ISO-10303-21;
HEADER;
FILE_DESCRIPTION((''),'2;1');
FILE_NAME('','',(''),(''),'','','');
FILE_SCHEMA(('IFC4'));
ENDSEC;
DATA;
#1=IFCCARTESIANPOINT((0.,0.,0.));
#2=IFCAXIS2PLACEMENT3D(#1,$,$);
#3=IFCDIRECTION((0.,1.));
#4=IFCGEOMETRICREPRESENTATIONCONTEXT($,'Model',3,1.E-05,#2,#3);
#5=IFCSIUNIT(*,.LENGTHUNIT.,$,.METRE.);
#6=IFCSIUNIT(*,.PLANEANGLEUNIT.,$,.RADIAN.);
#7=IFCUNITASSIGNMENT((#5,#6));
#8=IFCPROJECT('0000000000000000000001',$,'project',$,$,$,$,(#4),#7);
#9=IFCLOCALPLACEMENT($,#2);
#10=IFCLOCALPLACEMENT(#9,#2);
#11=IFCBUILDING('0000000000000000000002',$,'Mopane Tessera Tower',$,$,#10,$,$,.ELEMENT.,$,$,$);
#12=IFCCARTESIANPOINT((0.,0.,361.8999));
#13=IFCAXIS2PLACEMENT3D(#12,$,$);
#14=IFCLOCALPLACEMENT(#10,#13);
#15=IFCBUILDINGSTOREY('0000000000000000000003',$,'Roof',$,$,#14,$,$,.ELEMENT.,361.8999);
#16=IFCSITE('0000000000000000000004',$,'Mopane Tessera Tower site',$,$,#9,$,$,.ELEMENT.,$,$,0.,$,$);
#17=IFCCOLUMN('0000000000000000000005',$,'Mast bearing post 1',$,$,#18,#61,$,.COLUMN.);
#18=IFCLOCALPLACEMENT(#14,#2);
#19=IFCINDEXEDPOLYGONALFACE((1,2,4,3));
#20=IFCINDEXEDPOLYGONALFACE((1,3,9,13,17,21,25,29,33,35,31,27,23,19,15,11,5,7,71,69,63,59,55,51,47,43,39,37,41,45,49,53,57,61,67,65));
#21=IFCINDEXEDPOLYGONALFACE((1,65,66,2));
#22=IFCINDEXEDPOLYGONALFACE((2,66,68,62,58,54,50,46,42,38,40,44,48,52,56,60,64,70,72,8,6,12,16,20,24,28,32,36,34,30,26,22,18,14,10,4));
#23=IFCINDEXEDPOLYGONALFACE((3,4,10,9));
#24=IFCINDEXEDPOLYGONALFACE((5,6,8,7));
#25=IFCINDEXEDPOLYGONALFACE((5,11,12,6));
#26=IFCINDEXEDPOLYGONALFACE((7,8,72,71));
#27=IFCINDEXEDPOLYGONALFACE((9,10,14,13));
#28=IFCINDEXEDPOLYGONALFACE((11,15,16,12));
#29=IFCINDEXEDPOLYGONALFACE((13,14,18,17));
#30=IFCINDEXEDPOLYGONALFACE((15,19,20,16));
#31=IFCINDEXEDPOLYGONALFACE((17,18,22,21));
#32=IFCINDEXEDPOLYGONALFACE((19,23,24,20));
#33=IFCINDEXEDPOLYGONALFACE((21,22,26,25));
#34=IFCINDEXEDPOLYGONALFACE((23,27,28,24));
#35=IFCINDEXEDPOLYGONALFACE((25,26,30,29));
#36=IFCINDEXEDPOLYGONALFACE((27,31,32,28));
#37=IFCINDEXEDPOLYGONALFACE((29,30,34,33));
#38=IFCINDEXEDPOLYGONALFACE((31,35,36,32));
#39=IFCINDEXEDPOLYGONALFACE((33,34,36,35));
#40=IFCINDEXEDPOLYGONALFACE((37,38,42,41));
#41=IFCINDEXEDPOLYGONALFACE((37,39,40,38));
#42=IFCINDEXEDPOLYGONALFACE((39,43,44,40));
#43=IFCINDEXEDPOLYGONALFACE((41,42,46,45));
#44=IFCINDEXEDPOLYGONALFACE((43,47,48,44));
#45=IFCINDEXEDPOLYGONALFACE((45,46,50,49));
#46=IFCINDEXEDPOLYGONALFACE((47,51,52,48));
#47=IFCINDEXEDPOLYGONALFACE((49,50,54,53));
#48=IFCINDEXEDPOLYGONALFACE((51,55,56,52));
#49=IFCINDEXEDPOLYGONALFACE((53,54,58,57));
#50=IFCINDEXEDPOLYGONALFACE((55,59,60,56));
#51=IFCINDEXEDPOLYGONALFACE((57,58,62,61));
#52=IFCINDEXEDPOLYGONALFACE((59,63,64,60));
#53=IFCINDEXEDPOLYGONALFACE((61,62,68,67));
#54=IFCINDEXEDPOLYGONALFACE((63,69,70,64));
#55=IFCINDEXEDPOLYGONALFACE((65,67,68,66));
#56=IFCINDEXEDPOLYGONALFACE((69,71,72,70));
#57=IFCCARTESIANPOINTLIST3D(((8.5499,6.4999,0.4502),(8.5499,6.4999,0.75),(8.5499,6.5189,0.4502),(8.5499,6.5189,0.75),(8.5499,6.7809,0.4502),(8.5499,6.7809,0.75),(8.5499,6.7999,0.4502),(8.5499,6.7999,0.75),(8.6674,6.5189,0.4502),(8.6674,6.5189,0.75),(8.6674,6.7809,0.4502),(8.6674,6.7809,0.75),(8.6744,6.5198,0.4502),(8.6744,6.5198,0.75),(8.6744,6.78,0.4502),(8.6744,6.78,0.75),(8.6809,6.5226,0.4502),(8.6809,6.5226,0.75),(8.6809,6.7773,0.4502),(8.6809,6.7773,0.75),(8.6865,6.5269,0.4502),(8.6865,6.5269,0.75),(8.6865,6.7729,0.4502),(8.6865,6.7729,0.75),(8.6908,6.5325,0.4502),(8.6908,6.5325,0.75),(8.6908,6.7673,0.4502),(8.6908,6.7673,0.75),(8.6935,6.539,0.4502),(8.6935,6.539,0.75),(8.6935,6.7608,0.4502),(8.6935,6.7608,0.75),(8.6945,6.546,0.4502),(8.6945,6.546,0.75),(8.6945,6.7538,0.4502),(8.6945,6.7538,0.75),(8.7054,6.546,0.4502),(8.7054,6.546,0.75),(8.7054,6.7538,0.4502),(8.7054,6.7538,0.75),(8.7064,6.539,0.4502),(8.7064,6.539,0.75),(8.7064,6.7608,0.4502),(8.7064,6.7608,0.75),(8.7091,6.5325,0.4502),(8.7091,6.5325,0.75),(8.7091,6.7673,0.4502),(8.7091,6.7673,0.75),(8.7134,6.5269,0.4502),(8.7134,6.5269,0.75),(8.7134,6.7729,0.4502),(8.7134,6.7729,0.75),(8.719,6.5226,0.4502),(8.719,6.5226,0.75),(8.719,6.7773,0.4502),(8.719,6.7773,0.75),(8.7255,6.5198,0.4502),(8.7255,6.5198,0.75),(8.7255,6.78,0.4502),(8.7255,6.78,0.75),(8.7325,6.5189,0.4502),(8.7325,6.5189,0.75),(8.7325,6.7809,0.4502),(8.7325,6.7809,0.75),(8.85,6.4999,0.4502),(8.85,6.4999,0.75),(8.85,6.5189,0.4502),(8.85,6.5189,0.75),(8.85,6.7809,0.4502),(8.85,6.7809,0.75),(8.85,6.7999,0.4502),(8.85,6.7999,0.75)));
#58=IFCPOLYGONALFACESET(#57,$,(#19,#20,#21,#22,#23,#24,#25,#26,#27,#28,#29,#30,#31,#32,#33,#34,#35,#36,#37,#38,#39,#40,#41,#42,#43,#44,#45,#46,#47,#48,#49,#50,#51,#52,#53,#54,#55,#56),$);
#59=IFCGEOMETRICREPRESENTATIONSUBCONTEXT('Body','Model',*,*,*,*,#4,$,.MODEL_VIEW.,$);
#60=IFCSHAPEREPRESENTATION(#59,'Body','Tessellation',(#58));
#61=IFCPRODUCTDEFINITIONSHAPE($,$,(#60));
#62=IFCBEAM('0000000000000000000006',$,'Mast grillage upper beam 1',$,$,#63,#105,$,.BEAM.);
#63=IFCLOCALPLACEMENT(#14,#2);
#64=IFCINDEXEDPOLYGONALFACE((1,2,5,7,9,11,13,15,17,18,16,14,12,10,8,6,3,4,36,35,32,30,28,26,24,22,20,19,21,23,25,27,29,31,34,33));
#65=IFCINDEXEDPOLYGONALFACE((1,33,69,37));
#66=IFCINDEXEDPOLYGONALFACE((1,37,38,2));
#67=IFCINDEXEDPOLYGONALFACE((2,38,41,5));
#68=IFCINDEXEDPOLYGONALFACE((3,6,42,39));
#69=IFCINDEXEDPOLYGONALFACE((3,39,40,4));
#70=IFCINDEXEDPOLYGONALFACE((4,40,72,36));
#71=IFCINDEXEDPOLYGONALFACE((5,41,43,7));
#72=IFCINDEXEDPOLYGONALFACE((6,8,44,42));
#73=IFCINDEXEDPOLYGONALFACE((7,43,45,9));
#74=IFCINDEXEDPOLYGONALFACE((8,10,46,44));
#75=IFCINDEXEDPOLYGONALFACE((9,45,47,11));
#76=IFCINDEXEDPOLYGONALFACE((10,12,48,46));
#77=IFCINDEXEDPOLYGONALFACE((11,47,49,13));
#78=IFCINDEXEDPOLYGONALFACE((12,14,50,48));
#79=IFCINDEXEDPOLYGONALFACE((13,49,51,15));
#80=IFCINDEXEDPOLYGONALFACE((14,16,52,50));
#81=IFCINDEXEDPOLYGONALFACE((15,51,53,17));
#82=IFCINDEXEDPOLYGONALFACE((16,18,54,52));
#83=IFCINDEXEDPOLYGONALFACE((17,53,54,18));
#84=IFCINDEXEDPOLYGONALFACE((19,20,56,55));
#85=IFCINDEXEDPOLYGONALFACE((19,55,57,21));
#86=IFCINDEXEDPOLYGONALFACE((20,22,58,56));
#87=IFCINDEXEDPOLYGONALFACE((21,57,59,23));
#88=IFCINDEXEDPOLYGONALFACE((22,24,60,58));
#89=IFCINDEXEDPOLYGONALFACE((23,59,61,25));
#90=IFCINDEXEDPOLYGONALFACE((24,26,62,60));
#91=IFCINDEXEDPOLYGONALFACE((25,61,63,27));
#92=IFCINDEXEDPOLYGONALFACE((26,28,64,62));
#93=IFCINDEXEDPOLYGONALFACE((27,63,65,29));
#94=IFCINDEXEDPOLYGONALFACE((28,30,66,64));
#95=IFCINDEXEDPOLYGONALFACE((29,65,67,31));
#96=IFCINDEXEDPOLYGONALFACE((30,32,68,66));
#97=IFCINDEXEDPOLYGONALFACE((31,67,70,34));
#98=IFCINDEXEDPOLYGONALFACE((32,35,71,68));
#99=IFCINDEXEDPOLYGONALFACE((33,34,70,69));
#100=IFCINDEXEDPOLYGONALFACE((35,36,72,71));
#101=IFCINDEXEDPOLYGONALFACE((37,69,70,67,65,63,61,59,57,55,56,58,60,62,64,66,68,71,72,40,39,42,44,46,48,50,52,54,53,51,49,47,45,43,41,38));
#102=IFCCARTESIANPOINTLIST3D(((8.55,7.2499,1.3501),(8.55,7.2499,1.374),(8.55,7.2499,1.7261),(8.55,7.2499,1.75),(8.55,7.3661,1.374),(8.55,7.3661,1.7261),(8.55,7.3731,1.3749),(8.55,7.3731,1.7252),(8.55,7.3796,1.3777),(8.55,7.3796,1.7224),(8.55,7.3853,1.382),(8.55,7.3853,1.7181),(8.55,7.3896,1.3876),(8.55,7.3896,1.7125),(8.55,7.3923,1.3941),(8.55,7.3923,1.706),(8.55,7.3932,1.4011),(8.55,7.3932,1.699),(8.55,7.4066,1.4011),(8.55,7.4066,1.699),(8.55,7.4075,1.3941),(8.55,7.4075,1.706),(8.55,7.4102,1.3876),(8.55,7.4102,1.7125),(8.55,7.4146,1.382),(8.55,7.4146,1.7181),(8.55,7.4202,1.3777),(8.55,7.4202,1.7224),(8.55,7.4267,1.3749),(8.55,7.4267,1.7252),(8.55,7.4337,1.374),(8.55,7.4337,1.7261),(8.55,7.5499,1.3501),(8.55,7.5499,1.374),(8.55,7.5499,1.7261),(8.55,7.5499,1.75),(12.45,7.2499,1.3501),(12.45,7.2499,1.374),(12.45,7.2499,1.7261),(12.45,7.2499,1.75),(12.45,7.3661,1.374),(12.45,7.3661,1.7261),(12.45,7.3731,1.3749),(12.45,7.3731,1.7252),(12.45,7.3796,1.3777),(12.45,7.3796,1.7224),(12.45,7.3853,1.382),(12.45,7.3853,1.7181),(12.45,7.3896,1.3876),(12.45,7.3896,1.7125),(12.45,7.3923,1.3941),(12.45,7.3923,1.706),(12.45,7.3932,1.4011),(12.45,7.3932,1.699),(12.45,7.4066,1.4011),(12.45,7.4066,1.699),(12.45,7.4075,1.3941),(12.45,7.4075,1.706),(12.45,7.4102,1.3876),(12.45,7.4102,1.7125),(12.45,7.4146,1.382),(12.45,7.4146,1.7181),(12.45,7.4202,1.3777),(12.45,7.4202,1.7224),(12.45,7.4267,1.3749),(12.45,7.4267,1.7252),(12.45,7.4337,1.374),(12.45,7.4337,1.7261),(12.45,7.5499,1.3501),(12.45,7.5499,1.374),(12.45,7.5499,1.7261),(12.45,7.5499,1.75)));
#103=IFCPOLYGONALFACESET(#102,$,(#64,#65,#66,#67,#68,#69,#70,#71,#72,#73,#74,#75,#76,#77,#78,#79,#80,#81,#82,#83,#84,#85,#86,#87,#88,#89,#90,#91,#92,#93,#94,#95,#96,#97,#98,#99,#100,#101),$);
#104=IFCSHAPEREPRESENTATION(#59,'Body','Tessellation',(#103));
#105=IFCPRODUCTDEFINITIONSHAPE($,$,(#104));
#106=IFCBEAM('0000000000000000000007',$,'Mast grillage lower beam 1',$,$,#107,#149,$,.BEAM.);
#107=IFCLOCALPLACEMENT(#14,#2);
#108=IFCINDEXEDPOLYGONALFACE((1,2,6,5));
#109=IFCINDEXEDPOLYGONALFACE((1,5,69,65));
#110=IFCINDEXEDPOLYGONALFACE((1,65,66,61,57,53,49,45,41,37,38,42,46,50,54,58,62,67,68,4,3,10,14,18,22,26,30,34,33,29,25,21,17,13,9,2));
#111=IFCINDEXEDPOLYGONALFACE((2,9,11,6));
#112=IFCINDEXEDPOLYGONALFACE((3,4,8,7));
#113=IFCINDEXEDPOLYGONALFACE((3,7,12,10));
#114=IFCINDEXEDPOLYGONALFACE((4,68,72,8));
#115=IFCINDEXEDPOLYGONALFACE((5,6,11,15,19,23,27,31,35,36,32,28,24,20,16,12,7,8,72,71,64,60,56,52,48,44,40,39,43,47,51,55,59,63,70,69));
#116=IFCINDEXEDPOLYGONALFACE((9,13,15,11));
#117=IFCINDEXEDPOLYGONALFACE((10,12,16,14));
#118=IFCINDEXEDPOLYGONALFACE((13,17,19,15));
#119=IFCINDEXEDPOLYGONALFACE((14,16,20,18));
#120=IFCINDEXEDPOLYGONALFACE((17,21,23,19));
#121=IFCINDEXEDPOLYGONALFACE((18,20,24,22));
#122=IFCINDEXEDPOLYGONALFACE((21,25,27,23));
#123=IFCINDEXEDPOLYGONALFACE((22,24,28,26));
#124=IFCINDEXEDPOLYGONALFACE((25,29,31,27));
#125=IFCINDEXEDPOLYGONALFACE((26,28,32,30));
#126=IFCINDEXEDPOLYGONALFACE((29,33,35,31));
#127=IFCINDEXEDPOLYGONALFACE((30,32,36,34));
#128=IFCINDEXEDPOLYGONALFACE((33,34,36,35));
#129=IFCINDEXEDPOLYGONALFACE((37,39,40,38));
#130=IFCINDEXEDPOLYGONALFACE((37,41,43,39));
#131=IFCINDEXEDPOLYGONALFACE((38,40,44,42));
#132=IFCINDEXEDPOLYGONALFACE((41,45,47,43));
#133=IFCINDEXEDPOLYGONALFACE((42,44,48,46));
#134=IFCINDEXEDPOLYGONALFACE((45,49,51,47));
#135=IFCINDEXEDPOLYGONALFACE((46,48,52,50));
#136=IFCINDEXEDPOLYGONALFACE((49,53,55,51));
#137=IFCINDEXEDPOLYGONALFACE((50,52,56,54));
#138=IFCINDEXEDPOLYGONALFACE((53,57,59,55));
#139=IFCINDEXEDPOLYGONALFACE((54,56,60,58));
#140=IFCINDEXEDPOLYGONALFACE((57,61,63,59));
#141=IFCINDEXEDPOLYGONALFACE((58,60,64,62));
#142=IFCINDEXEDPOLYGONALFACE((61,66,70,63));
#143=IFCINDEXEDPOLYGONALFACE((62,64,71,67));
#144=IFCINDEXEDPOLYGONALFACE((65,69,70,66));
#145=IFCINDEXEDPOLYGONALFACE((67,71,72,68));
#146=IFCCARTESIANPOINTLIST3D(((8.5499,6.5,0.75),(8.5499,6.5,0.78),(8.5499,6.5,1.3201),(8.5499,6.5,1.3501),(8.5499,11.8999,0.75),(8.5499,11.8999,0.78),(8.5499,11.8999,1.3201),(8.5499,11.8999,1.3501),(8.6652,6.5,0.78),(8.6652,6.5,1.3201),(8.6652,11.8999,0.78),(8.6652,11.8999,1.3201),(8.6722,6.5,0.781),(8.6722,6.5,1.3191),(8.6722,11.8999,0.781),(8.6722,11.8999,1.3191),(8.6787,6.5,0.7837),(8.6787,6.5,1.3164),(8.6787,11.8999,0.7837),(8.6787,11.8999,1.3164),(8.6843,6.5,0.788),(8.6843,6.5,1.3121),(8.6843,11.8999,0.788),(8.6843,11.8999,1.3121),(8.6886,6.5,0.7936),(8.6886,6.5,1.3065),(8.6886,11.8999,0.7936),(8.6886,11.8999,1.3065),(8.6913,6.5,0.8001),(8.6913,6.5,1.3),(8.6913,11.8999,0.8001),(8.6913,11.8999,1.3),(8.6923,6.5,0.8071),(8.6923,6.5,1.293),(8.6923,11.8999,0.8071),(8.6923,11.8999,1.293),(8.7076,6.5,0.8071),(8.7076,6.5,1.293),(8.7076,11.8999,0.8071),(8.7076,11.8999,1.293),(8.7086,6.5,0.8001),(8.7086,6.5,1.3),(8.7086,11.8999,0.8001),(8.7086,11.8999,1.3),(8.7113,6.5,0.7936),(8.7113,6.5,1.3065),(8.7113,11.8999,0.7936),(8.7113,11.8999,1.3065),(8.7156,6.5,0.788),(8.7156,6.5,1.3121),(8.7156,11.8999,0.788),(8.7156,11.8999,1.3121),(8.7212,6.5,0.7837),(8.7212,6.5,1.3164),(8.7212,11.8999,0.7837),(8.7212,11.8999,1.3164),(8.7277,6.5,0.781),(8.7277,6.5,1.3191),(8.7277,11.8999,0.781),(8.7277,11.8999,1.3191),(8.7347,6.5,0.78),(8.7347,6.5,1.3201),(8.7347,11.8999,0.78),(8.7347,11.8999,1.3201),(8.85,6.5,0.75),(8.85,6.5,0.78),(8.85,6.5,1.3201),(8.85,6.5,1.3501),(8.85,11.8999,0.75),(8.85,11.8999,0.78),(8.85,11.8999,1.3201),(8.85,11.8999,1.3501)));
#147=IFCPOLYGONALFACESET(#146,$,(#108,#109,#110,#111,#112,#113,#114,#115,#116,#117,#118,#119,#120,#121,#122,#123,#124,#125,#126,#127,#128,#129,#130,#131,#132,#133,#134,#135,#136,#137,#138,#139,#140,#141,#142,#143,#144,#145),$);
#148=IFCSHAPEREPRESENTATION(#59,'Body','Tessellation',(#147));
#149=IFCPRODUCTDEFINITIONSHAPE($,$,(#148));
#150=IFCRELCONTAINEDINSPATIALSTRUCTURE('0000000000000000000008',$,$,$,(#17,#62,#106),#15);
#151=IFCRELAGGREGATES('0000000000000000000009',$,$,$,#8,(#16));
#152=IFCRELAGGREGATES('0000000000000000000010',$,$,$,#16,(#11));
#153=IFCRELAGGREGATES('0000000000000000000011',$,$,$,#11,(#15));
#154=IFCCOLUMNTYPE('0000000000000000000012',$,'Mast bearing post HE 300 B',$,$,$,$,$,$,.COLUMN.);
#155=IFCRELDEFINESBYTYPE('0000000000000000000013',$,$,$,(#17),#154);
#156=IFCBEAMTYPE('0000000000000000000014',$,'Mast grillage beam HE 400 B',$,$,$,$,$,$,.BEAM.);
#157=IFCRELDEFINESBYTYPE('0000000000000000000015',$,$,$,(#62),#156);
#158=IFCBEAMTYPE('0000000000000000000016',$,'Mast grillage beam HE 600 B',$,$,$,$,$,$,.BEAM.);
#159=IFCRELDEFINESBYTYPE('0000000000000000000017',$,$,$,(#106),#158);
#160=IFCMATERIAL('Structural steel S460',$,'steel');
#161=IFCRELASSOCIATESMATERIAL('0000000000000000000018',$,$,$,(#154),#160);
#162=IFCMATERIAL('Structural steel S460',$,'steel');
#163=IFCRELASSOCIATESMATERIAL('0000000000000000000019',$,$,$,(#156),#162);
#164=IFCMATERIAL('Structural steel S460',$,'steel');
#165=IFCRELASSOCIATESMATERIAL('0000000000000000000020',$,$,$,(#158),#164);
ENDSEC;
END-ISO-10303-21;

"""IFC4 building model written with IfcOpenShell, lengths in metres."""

from ifc_helpers import new_model, si_unit, direction, frame, origin, origin_2d, place, context, subcontext, project, spatial, i_section, extrude, material, material_profile, profile_set, type_object, element, save


model = new_model("IFC4")

# Units and contexts
model_context = context("Model", 3, precision=1e-05, world=origin(), true_north=direction((0.0, 1.0)))
body_context = subcontext(model_context, "Body", "Model", "MODEL_VIEW")
ifc_project = project(units=[si_unit("LENGTHUNIT", "METRE"), si_unit("PLANEANGLEUNIT", "RADIAN")], contexts=[model_context])

# Site, building, storey
site_placement = place(None, origin())
site = spatial("IfcSite", under=ifc_project, at=site_placement, Name="Mopane Tessera Tower site", CompositionType="ELEMENT", RefElevation=0.0)
building_placement = place(site_placement, origin())
building = spatial("IfcBuilding", under=site, at=building_placement, Name="Mopane Tessera Tower", CompositionType="ELEMENT")
storey_placement = place(building_placement, frame((0.0, 0.0, 361.8999)))
storey = spatial("IfcBuildingStorey", under=building, at=storey_placement, Name="Roof", CompositionType="ELEMENT", Elevation=361.8999)

# Column
ifc_material_1 = material(Name="Structural steel S460", Category="steel")
ifc_material_profile_1 = material_profile(ifc_material_1, i_section(OverallWidth=0.3, OverallDepth=0.3, WebThickness=0.011, FlangeThickness=0.019, FilletRadius=0.0271, at=origin_2d()))
ifc_profile_set_1 = profile_set([ifc_material_profile_1], Name="Structural steel S460")
column_type = type_object("IfcColumnType", Name="Mast bearing post HE 300 B", PredefinedType="COLUMN", material=ifc_profile_set_1)
column_placement = place(storey_placement, frame((8.7, 6.6499, 0.4502), z_axis=(0.0, 0.0, 1.0), x_axis=(1.0, 0.0, 0.0)))
element("IfcColumn", 1, at=column_placement, inside=storey, type_object=column_type, Name="Mast bearing post 1", PredefinedType="COLUMN", context=body_context, shape_type="SweptSolid", body=[
    extrude(i_section(OverallWidth=0.3, OverallDepth=0.3, WebThickness=0.011, FlangeThickness=0.019, FilletRadius=0.0271, at=origin_2d()), origin(), (0.0, 0.0, 1.0), 0.2998),
])

# Beams
ifc_material_2 = material(Name="Structural steel S460", Category="steel")
ifc_material_profile_2 = material_profile(ifc_material_2, i_section(OverallWidth=0.3, OverallDepth=0.3999, WebThickness=0.0134, FlangeThickness=0.0239, FilletRadius=0.0271, at=origin_2d()))
ifc_profile_set_2 = profile_set([ifc_material_profile_2], Name="Structural steel S460")
beam_type_1 = type_object("IfcBeamType", Name="Mast grillage beam HE 400 B", PredefinedType="BEAM", material=ifc_profile_set_2)
beam_1_placement = place(storey_placement, frame((8.55, 7.3999, 1.55), z_axis=(1.0, 0.0, 0.0), x_axis=(0.0, 1.0, 0.0)))
element("IfcBeam", 2, at=beam_1_placement, inside=storey, type_object=beam_type_1, Name="Mast grillage upper beam 1", PredefinedType="BEAM", context=body_context, shape_type="SweptSolid", body=[
    extrude(i_section(OverallWidth=0.3, OverallDepth=0.3999, WebThickness=0.0134, FlangeThickness=0.0239, FilletRadius=0.0271, at=origin_2d()), origin(), (0.0, 0.0, 1.0), 3.8999),
])
ifc_material_3 = material(Name="Structural steel S460", Category="steel")
ifc_material_profile_3 = material_profile(ifc_material_3, i_section(OverallWidth=0.3, OverallDepth=0.6001, WebThickness=0.0154, FlangeThickness=0.03, FilletRadius=0.0271, at=origin_2d()))
ifc_profile_set_3 = profile_set([ifc_material_profile_3], Name="Structural steel S460")
beam_type_2 = type_object("IfcBeamType", Name="Mast grillage beam HE 600 B", PredefinedType="BEAM", material=ifc_profile_set_3)
beam_2_placement = place(storey_placement, frame((8.7, 6.5, 1.05), z_axis=(0.0, 1.0, 0.0), x_axis=(-1.0, 0.0, 0.0)))
element("IfcBeam", 3, at=beam_2_placement, inside=storey, type_object=beam_type_2, Name="Mast grillage lower beam 1", PredefinedType="BEAM", context=body_context, shape_type="SweptSolid", body=[
    extrude(i_section(OverallWidth=0.3, OverallDepth=0.6001, WebThickness=0.0154, FlangeThickness=0.03, FilletRadius=0.0271, at=origin_2d()), origin(), (0.0, 0.0, 1.0), 5.3999),
])

save(model, "model.ifc")
